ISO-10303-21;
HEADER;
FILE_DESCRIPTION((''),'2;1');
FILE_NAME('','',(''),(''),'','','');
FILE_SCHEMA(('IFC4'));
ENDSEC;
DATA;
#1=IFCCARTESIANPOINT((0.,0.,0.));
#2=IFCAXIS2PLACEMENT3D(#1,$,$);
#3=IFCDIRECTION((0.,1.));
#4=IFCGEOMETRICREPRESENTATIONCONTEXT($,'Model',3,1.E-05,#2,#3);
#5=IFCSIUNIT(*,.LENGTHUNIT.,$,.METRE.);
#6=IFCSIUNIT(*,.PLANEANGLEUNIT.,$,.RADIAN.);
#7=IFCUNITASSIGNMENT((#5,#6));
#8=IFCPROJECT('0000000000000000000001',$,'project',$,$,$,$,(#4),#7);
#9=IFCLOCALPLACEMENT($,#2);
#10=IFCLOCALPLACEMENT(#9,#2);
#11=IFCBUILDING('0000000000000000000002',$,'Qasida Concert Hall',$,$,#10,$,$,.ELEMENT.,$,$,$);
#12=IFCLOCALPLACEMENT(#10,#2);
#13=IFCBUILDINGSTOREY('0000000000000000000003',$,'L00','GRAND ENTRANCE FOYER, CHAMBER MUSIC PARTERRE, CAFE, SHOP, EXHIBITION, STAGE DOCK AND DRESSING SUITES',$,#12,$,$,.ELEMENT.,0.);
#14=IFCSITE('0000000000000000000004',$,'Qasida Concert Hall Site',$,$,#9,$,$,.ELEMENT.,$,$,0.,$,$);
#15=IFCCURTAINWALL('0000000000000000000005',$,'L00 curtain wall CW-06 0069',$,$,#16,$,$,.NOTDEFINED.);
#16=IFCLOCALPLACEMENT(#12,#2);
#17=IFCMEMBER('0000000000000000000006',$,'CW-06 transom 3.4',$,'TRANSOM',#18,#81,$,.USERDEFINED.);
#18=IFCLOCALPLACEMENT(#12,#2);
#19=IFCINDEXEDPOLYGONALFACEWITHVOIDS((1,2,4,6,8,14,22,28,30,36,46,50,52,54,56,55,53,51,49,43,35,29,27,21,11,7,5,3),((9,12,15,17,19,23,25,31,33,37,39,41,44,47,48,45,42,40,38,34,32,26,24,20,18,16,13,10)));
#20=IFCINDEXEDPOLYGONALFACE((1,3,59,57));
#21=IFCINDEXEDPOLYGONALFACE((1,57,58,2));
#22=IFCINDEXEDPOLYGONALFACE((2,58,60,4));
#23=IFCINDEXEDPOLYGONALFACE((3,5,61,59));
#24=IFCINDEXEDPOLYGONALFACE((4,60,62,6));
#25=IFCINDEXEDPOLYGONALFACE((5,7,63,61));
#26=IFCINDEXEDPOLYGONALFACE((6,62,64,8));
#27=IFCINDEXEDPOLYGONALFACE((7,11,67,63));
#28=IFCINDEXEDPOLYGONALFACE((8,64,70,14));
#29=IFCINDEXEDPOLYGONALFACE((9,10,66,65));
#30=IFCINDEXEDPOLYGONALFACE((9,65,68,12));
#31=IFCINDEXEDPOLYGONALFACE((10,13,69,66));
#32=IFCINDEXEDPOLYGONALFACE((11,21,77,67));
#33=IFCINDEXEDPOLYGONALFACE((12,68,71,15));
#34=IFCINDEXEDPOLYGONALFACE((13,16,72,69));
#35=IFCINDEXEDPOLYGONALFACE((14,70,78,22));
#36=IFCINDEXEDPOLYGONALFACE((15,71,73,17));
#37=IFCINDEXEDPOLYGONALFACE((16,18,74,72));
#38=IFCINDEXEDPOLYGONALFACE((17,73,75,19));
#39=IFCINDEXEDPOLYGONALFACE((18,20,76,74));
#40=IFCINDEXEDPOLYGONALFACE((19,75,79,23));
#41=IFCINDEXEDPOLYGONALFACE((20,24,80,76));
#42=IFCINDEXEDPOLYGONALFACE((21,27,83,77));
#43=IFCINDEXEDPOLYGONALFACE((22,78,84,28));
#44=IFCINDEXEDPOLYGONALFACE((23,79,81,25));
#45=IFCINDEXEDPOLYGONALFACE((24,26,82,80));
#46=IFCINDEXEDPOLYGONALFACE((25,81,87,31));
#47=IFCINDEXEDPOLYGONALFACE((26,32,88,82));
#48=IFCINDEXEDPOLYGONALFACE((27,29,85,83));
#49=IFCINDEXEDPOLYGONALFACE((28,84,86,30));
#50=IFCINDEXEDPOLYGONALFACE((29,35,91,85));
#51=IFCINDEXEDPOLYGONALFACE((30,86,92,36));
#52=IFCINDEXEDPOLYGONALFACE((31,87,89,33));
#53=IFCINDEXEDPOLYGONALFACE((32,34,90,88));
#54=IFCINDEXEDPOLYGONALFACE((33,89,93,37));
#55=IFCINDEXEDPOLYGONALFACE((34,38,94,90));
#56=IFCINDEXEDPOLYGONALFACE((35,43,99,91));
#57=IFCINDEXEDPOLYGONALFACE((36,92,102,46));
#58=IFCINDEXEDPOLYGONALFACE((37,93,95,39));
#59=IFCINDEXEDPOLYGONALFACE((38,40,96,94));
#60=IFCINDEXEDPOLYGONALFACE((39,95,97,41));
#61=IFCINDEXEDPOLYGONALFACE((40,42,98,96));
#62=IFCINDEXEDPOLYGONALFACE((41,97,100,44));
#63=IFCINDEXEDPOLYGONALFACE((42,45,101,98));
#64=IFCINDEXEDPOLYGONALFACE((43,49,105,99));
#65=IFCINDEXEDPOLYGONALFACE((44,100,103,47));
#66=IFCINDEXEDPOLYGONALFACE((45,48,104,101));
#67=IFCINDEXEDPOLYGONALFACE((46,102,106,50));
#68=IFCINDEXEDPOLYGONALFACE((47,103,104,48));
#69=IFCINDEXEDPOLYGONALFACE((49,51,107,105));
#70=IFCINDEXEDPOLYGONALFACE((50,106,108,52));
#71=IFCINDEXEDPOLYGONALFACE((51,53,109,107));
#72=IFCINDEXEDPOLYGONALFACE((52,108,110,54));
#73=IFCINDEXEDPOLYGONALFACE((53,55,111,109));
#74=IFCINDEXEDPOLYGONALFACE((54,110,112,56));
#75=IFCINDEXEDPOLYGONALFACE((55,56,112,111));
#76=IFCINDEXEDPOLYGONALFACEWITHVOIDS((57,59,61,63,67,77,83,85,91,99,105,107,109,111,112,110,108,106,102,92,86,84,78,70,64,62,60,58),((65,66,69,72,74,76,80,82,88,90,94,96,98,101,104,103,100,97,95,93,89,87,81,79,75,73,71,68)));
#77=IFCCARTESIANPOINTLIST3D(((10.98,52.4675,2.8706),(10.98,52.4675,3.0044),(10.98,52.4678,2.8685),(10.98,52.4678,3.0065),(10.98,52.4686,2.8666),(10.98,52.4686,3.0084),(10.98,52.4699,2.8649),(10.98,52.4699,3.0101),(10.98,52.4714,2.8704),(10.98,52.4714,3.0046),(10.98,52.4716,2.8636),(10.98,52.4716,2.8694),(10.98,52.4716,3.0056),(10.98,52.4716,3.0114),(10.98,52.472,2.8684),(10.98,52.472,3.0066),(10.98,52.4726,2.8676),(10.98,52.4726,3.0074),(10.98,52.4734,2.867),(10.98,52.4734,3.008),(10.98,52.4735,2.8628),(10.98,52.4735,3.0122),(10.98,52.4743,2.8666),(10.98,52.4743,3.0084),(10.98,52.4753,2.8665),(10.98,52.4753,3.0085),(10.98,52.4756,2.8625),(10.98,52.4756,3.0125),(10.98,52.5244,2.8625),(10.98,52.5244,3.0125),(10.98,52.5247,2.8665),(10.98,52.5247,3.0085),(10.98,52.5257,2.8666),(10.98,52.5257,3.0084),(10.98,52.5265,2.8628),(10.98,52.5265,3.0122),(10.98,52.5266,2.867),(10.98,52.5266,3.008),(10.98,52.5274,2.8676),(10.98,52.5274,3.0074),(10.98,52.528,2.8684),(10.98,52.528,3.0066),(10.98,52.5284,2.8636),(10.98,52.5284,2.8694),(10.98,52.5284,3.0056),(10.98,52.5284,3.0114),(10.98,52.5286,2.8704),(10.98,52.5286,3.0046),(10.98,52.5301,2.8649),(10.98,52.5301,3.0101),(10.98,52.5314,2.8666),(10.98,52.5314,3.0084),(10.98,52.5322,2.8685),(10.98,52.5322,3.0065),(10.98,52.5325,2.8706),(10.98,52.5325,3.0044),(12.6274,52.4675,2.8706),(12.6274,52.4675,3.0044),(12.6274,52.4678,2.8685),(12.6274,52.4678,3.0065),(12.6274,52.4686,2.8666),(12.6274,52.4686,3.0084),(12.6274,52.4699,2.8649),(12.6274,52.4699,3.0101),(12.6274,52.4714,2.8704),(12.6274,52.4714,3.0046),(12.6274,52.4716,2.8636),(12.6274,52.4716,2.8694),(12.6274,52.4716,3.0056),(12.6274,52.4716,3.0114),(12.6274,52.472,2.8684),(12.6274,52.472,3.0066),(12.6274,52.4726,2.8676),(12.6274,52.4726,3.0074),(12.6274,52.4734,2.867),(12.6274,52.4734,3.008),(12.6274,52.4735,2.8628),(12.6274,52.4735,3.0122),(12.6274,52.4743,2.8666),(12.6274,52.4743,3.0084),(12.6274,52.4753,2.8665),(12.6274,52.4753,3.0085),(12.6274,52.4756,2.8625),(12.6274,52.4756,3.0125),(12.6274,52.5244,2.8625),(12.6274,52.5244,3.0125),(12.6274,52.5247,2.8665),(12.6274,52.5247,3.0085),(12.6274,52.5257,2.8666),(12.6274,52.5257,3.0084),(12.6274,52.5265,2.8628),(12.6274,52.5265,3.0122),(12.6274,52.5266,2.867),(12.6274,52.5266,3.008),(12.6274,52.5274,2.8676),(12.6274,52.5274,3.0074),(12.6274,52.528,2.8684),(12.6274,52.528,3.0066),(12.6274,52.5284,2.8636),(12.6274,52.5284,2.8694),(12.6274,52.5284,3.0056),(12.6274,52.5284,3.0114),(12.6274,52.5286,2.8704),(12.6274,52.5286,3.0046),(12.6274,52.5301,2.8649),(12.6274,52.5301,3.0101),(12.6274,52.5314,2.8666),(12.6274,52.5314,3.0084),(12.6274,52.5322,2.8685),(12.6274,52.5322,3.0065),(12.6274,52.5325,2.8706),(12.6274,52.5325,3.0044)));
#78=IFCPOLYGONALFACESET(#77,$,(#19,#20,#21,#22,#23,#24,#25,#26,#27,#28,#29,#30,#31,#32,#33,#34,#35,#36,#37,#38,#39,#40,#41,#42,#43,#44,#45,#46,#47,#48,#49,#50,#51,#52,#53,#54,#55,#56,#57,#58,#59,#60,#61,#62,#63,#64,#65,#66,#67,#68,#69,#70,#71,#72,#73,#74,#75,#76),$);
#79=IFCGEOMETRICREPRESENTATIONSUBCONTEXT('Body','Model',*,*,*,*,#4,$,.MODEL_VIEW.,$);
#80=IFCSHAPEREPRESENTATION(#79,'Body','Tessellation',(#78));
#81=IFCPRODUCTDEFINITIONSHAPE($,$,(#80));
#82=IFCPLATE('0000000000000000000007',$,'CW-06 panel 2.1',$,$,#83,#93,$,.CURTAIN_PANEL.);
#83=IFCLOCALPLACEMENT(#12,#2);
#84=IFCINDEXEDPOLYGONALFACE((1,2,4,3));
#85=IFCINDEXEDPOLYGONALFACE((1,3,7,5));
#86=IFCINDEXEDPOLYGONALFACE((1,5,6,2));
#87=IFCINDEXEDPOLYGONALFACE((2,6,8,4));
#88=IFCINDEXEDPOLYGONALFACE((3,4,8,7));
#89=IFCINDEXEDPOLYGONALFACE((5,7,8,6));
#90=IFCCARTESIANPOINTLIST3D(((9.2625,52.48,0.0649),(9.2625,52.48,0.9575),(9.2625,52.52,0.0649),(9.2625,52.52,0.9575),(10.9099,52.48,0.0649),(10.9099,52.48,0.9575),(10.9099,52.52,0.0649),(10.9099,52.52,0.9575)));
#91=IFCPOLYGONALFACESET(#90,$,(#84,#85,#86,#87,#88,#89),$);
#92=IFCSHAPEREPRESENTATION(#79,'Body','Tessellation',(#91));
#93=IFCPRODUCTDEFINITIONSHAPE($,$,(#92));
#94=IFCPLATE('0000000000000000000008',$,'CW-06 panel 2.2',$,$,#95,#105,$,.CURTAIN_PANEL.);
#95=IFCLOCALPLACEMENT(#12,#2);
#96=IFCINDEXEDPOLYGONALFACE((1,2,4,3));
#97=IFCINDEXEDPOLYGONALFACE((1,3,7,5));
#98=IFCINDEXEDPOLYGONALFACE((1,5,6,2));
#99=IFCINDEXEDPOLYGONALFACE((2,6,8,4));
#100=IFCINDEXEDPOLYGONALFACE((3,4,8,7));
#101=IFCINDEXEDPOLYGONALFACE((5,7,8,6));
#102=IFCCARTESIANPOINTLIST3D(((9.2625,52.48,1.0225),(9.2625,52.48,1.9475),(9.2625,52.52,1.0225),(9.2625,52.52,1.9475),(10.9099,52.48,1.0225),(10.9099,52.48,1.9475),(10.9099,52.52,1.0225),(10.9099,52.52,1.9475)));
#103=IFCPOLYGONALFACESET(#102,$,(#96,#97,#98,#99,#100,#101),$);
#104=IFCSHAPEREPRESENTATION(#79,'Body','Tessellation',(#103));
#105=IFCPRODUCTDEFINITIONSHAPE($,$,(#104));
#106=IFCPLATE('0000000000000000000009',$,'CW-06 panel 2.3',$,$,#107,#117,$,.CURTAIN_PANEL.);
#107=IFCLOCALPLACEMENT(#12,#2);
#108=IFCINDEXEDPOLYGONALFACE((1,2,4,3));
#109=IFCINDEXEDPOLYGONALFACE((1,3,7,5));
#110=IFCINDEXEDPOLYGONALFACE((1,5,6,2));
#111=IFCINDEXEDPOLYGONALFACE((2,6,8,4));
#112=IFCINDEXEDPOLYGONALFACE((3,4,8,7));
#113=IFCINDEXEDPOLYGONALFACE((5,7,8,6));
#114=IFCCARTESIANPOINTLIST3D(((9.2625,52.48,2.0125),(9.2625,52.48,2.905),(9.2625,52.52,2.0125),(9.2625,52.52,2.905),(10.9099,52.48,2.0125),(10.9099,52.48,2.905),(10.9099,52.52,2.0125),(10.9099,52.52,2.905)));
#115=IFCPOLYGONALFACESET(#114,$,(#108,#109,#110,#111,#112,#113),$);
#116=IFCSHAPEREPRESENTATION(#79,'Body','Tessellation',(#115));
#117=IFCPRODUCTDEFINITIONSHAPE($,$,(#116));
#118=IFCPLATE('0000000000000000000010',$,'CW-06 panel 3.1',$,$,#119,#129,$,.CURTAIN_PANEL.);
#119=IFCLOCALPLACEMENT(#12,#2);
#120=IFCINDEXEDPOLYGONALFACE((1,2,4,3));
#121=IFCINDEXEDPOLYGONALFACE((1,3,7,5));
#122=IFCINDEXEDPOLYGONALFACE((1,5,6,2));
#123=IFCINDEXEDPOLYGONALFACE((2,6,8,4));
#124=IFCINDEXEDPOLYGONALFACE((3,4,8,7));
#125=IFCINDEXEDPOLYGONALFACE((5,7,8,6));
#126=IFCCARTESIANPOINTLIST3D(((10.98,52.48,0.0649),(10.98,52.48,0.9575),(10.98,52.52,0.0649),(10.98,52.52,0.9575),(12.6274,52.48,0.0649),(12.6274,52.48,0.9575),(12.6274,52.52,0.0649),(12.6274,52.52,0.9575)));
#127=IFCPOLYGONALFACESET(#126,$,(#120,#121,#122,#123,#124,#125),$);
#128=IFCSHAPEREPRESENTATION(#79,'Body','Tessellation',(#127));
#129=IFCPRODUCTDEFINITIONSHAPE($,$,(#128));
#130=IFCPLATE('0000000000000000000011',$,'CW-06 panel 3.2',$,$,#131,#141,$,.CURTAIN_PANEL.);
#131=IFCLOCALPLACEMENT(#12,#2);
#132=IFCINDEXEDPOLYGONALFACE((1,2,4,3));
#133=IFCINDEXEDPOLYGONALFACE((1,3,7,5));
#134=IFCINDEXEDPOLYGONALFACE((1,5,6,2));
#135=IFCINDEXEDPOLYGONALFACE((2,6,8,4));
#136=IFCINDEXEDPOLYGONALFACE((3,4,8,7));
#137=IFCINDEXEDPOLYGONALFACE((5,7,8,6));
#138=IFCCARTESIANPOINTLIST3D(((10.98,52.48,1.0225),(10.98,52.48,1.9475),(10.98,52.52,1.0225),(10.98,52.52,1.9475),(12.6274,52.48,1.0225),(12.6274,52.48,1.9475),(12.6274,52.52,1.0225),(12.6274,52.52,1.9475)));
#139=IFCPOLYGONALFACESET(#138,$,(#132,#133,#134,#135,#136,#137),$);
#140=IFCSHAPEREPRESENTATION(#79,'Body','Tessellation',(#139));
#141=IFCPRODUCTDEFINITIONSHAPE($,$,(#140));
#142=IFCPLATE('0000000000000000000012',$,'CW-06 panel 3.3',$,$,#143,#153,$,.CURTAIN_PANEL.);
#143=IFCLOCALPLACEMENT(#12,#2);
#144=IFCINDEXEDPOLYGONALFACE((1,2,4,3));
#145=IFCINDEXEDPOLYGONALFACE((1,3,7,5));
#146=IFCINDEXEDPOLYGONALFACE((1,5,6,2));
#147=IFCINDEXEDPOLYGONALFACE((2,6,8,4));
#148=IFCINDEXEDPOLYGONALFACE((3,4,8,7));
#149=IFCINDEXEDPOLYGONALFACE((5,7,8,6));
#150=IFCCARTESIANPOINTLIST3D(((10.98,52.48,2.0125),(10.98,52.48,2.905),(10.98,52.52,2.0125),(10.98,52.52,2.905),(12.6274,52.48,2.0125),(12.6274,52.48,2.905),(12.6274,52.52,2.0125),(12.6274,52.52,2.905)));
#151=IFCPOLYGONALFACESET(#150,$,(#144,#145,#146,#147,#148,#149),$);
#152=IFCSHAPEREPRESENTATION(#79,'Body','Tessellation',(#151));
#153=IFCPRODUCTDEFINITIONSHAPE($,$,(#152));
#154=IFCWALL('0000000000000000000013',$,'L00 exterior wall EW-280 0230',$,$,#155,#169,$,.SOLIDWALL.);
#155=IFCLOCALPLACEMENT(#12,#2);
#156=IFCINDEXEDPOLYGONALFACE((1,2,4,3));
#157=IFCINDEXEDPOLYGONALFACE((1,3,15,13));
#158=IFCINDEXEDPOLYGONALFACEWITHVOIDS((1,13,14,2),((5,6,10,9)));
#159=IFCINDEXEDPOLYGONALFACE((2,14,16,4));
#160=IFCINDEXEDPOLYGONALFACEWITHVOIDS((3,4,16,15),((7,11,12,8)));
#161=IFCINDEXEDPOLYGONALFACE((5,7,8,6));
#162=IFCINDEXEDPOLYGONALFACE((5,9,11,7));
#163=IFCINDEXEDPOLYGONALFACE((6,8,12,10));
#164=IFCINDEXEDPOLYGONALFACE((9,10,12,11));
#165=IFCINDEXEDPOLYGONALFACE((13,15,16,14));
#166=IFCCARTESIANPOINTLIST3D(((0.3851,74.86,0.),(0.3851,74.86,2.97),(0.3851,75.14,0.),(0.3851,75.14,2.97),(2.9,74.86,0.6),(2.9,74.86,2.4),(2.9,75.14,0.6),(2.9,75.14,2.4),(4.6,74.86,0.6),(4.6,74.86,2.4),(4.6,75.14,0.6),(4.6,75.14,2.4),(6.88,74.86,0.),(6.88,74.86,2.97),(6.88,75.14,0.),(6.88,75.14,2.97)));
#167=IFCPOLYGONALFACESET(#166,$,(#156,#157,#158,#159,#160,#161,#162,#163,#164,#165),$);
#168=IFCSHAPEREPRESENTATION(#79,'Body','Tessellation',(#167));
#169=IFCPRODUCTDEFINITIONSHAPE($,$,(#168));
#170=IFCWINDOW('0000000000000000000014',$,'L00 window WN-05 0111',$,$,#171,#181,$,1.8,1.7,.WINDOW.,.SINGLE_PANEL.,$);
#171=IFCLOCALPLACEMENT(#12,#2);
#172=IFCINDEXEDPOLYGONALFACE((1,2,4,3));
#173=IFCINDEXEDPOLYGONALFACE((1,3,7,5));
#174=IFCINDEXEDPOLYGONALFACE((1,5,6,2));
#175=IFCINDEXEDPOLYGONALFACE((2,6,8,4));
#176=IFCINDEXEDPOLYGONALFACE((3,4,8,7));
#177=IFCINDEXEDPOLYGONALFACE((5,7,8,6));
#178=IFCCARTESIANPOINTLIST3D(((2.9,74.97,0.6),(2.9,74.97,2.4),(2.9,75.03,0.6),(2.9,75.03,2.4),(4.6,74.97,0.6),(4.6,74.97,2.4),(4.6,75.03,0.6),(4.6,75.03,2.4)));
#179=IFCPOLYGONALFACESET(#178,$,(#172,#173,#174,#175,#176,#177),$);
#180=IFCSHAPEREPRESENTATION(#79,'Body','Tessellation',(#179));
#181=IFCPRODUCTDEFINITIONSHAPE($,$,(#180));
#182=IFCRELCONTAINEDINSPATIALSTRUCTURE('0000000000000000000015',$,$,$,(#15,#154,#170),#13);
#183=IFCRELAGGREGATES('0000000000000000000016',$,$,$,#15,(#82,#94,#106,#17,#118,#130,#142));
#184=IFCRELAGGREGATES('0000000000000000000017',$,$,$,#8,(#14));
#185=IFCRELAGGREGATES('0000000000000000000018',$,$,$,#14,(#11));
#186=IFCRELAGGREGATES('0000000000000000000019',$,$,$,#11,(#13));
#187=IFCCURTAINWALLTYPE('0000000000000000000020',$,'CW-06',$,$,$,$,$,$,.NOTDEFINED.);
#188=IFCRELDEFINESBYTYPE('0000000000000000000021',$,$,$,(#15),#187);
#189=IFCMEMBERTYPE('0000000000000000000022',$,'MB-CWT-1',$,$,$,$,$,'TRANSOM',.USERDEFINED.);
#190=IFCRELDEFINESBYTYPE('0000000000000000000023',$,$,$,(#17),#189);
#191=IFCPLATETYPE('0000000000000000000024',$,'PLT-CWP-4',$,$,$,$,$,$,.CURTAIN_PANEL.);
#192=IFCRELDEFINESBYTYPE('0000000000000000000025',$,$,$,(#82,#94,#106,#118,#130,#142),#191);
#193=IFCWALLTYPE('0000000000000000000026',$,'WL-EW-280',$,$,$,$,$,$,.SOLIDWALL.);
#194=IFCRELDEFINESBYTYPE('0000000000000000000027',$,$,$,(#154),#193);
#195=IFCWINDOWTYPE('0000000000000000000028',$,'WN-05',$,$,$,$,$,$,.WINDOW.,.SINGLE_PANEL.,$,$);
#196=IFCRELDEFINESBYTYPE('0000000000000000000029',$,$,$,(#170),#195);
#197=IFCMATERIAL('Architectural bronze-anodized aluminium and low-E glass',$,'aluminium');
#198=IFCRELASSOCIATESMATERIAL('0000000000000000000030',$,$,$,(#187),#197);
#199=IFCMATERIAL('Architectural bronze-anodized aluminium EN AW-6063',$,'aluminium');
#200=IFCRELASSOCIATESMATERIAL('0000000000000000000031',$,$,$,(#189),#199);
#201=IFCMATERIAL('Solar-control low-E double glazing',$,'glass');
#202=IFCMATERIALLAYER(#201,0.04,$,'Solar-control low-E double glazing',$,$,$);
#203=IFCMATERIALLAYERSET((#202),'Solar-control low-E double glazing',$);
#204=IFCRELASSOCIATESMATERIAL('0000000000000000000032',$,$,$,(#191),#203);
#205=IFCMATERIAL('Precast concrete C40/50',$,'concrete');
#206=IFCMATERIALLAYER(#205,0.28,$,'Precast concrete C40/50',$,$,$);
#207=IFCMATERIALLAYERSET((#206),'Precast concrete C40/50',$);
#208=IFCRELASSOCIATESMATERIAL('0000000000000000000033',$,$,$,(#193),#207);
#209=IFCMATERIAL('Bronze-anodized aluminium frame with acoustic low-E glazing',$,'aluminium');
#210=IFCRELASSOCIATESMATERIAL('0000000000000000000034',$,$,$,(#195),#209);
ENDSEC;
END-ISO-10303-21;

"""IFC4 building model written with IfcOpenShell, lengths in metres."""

from ifc_helpers import new_model, si_unit, direction, frame, frame_2d, origin, origin_2d, place, context, subcontext, project, spatial, rectangle, hollow_rectangle, extrude, material, layer, layer_set, material_profile, profile_set, type_object, element, fill, aggregate, save


model = new_model("IFC4")

# Units and contexts
model_context = context("Model", 3, precision=1e-05, world=origin(), true_north=direction((0.0, 1.0)))
body_context = subcontext(model_context, "Body", "Model", "MODEL_VIEW")
ifc_project = project(units=[si_unit("LENGTHUNIT", "METRE"), si_unit("PLANEANGLEUNIT", "RADIAN")], contexts=[model_context])

# Site, building, storey
site_placement = place(None, origin())
site = spatial("IfcSite", under=ifc_project, at=site_placement, Name="Qasida Concert Hall Site", CompositionType="ELEMENT", RefElevation=0.0)
building_placement = place(site_placement, origin())
building = spatial("IfcBuilding", under=site, at=building_placement, Name="Qasida Concert Hall", CompositionType="ELEMENT")
storey_placement = place(building_placement, origin())
storey = spatial("IfcBuildingStorey", under=building, at=storey_placement, Name="L00", Description="GRAND ENTRANCE FOYER, CHAMBER MUSIC PARTERRE, CAFE, SHOP, EXHIBITION, STAGE DOCK AND DRESSING SUITES", CompositionType="ELEMENT", Elevation=0.0)

# Curtain wall
ifc_material_1 = material(Name="Architectural bronze-anodized aluminium and low-E glass", Category="aluminium")
curtain_wall_type_1 = type_object("IfcCurtainWallType", Name="CW-06", PredefinedType="NOTDEFINED", material=ifc_material_1)
curtain_wall_1_placement = place(storey_placement, origin())
curtain_wall_1 = element("IfcCurtainWall", 1, at=curtain_wall_1_placement, inside=storey, type_object=curtain_wall_type_1, Name="L00 curtain wall CW-06 0069", PredefinedType="NOTDEFINED")
ifc_material_2 = material(Name="Architectural bronze-anodized aluminium EN AW-6063", Category="aluminium")

# Member
ifc_material_profile_1 = material_profile(ifc_material_2, hollow_rectangle(XDim=0.0649, YDim=0.1499, WallThickness=0.0039, InnerFilletRadius=0.0039, OuterFilletRadius=0.0081, at=origin_2d()), Name="CWT 150x65x4")
ifc_profile_set_1 = profile_set([ifc_material_profile_1], Name="Architectural bronze-anodized aluminium EN AW-6063")
member_type_1 = type_object("IfcMemberType", Name="MB-CWT-1", ElementType="TRANSOM", PredefinedType="USERDEFINED", material=ifc_profile_set_1)
member_1_placement = place(storey_placement, frame((10.98, 52.5, 2.9375), z_axis=(1.0, 0.0, 0.0), x_axis=(0.0, 1.0, 0.0)))
member_1 = element("IfcMember", 2, at=member_1_placement, type_object=member_type_1, Name="CW-06 transom 3.4", ObjectType="TRANSOM", PredefinedType="USERDEFINED", context=body_context, shape_type="SweptSolid", body=[
    extrude(hollow_rectangle(XDim=0.0649, YDim=0.1499, WallThickness=0.0039, InnerFilletRadius=0.0039, OuterFilletRadius=0.0081, at=origin_2d()), origin(), (0.0, 0.0, 1.0), 1.6475),
])

# Plates
ifc_material_3 = material(Name="Solar-control low-E double glazing", Category="glass")
ifc_layer_1 = layer(ifc_material_3, 0.04, Name="Solar-control low-E double glazing")
ifc_layer_set_1 = layer_set([ifc_layer_1], Name="Solar-control low-E double glazing")
plate_type = type_object("IfcPlateType", Name="PLT-CWP-4", PredefinedType="CURTAIN_PANEL", material=ifc_layer_set_1)
plate_1_placement = place(storey_placement, frame((10.0862, 52.5, 0.0649), z_axis=(0.0, 0.0, 1.0), x_axis=(1.0, 0.0, 0.0)))
plate_1 = element("IfcPlate", 3, at=plate_1_placement, type_object=plate_type, Name="CW-06 panel 2.1", PredefinedType="CURTAIN_PANEL", context=body_context, shape_type="SweptSolid", body=[
    extrude(rectangle(XDim=1.6475, YDim=0.04, at=origin_2d()), origin(), (0.0, 0.0, 1.0), 0.8926),
])
plate_2_placement = place(storey_placement, frame((10.0862, 52.5, 1.0225), z_axis=(0.0, 0.0, 1.0), x_axis=(1.0, 0.0, 0.0)))
plate_2 = element("IfcPlate", 4, at=plate_2_placement, type_object=plate_type, Name="CW-06 panel 2.2", PredefinedType="CURTAIN_PANEL", context=body_context, shape_type="SweptSolid", body=[
    extrude(rectangle(XDim=1.6475, YDim=0.04, at=origin_2d()), origin(), (0.0, 0.0, 1.0), 0.925),
])
plate_3_placement = place(storey_placement, frame((10.0862, 52.5, 2.0125), z_axis=(0.0, 0.0, 1.0), x_axis=(1.0, 0.0, 0.0)))
plate_3 = element("IfcPlate", 5, at=plate_3_placement, type_object=plate_type, Name="CW-06 panel 2.3", PredefinedType="CURTAIN_PANEL", context=body_context, shape_type="SweptSolid", body=[
    extrude(rectangle(XDim=1.6475, YDim=0.04, at=origin_2d()), origin(), (0.0, 0.0, 1.0), 0.8926),
])
plate_4_placement = place(storey_placement, frame((11.8037, 52.5, 0.0649), z_axis=(0.0, 0.0, 1.0), x_axis=(1.0, 0.0, 0.0)))
plate_4 = element("IfcPlate", 6, at=plate_4_placement, type_object=plate_type, Name="CW-06 panel 3.1", PredefinedType="CURTAIN_PANEL", context=body_context, shape_type="SweptSolid", body=[
    extrude(rectangle(XDim=1.6475, YDim=0.04, at=origin_2d()), origin(), (0.0, 0.0, 1.0), 0.8926),
])
plate_5_placement = place(storey_placement, frame((11.8037, 52.5, 1.0225), z_axis=(0.0, 0.0, 1.0), x_axis=(1.0, 0.0, 0.0)))
plate_5 = element("IfcPlate", 7, at=plate_5_placement, type_object=plate_type, Name="CW-06 panel 3.2", PredefinedType="CURTAIN_PANEL", context=body_context, shape_type="SweptSolid", body=[
    extrude(rectangle(XDim=1.6475, YDim=0.04, at=origin_2d()), origin(), (0.0, 0.0, 1.0), 0.925),
])
plate_6_placement = place(storey_placement, frame((11.8037, 52.5, 2.0125), z_axis=(0.0, 0.0, 1.0), x_axis=(1.0, 0.0, 0.0)))
plate_6 = element("IfcPlate", 8, at=plate_6_placement, type_object=plate_type, Name="CW-06 panel 3.3", PredefinedType="CURTAIN_PANEL", context=body_context, shape_type="SweptSolid", body=[
    extrude(rectangle(XDim=1.6475, YDim=0.04, at=origin_2d()), origin(), (0.0, 0.0, 1.0), 0.8926),
])
aggregate(curtain_wall_1, [plate_1, plate_2, plate_3, member_1, plate_4, plate_5, plate_6])

# Wall, opening, window
ifc_material_4 = material(Name="Precast concrete C40/50", Category="concrete")
ifc_layer_2 = layer(ifc_material_4, 0.28, Name="Precast concrete C40/50")
ifc_layer_set_2 = layer_set([ifc_layer_2], Name="Precast concrete C40/50")
wall_type_1 = type_object("IfcWallType", Name="WL-EW-280", PredefinedType="SOLIDWALL", material=ifc_layer_set_2)
wall_1_placement = place(storey_placement, frame((0.385, 75.0, 0.0), z_axis=(0.0, 0.0, 1.0), x_axis=(1.0, 0.0, 0.0)))
wall_1 = element("IfcWall", 9, at=wall_1_placement, inside=storey, type_object=wall_type_1, Name="L00 exterior wall EW-280 0230", PredefinedType="SOLIDWALL", context=body_context, shape_type="SweptSolid", body=[
    extrude(rectangle(XDim=6.4949, YDim=0.28, at=frame_2d((3.2476, 0.0))), origin(), (0.0, 0.0, 1.0), 2.97),
])
opening_placement = place(wall_1_placement, frame((2.5149, 0.0, 0.6001)))
opening = element("IfcOpeningElement", 10, at=opening_placement, cuts=wall_1, PredefinedType="OPENING", context=body_context, shape_type="SweptSolid", body=[
    extrude(rectangle(XDim=1.7, YDim=1.8, at=frame_2d((0.8501, 0.8999))), frame((0.0, 0.1499, 0.0), z_axis=(0.0, -1.0, 0.0), x_axis=(1.0, 0.0, 0.0)), (0.0, 0.0, 1.0), 0.3),
])
ifc_material_5 = material(Name="Bronze-anodized aluminium frame with acoustic low-E glazing", Category="aluminium")
window_type = type_object("IfcWindowType", Name="WN-05", PartitioningType="SINGLE_PANEL", PredefinedType="WINDOW", material=ifc_material_5)
window_placement = place(opening_placement, origin())
window = element("IfcWindow", 11, at=window_placement, inside=storey, type_object=window_type, Name="L00 window WN-05 0111", OverallHeight=1.8, OverallWidth=1.7, PartitioningType="SINGLE_PANEL", PredefinedType="WINDOW", context=body_context, shape_type="SweptSolid", body=[
    extrude(rectangle(XDim=1.7, YDim=1.8, at=frame_2d((0.8501, 0.8999))), frame((0.0, 0.03, 0.0), z_axis=(0.0, -1.0, 0.0), x_axis=(1.0, 0.0, 0.0)), (0.0, 0.0, 1.0), 0.0601),
])
fill(opening, window)

save(model, "model.ifc")
